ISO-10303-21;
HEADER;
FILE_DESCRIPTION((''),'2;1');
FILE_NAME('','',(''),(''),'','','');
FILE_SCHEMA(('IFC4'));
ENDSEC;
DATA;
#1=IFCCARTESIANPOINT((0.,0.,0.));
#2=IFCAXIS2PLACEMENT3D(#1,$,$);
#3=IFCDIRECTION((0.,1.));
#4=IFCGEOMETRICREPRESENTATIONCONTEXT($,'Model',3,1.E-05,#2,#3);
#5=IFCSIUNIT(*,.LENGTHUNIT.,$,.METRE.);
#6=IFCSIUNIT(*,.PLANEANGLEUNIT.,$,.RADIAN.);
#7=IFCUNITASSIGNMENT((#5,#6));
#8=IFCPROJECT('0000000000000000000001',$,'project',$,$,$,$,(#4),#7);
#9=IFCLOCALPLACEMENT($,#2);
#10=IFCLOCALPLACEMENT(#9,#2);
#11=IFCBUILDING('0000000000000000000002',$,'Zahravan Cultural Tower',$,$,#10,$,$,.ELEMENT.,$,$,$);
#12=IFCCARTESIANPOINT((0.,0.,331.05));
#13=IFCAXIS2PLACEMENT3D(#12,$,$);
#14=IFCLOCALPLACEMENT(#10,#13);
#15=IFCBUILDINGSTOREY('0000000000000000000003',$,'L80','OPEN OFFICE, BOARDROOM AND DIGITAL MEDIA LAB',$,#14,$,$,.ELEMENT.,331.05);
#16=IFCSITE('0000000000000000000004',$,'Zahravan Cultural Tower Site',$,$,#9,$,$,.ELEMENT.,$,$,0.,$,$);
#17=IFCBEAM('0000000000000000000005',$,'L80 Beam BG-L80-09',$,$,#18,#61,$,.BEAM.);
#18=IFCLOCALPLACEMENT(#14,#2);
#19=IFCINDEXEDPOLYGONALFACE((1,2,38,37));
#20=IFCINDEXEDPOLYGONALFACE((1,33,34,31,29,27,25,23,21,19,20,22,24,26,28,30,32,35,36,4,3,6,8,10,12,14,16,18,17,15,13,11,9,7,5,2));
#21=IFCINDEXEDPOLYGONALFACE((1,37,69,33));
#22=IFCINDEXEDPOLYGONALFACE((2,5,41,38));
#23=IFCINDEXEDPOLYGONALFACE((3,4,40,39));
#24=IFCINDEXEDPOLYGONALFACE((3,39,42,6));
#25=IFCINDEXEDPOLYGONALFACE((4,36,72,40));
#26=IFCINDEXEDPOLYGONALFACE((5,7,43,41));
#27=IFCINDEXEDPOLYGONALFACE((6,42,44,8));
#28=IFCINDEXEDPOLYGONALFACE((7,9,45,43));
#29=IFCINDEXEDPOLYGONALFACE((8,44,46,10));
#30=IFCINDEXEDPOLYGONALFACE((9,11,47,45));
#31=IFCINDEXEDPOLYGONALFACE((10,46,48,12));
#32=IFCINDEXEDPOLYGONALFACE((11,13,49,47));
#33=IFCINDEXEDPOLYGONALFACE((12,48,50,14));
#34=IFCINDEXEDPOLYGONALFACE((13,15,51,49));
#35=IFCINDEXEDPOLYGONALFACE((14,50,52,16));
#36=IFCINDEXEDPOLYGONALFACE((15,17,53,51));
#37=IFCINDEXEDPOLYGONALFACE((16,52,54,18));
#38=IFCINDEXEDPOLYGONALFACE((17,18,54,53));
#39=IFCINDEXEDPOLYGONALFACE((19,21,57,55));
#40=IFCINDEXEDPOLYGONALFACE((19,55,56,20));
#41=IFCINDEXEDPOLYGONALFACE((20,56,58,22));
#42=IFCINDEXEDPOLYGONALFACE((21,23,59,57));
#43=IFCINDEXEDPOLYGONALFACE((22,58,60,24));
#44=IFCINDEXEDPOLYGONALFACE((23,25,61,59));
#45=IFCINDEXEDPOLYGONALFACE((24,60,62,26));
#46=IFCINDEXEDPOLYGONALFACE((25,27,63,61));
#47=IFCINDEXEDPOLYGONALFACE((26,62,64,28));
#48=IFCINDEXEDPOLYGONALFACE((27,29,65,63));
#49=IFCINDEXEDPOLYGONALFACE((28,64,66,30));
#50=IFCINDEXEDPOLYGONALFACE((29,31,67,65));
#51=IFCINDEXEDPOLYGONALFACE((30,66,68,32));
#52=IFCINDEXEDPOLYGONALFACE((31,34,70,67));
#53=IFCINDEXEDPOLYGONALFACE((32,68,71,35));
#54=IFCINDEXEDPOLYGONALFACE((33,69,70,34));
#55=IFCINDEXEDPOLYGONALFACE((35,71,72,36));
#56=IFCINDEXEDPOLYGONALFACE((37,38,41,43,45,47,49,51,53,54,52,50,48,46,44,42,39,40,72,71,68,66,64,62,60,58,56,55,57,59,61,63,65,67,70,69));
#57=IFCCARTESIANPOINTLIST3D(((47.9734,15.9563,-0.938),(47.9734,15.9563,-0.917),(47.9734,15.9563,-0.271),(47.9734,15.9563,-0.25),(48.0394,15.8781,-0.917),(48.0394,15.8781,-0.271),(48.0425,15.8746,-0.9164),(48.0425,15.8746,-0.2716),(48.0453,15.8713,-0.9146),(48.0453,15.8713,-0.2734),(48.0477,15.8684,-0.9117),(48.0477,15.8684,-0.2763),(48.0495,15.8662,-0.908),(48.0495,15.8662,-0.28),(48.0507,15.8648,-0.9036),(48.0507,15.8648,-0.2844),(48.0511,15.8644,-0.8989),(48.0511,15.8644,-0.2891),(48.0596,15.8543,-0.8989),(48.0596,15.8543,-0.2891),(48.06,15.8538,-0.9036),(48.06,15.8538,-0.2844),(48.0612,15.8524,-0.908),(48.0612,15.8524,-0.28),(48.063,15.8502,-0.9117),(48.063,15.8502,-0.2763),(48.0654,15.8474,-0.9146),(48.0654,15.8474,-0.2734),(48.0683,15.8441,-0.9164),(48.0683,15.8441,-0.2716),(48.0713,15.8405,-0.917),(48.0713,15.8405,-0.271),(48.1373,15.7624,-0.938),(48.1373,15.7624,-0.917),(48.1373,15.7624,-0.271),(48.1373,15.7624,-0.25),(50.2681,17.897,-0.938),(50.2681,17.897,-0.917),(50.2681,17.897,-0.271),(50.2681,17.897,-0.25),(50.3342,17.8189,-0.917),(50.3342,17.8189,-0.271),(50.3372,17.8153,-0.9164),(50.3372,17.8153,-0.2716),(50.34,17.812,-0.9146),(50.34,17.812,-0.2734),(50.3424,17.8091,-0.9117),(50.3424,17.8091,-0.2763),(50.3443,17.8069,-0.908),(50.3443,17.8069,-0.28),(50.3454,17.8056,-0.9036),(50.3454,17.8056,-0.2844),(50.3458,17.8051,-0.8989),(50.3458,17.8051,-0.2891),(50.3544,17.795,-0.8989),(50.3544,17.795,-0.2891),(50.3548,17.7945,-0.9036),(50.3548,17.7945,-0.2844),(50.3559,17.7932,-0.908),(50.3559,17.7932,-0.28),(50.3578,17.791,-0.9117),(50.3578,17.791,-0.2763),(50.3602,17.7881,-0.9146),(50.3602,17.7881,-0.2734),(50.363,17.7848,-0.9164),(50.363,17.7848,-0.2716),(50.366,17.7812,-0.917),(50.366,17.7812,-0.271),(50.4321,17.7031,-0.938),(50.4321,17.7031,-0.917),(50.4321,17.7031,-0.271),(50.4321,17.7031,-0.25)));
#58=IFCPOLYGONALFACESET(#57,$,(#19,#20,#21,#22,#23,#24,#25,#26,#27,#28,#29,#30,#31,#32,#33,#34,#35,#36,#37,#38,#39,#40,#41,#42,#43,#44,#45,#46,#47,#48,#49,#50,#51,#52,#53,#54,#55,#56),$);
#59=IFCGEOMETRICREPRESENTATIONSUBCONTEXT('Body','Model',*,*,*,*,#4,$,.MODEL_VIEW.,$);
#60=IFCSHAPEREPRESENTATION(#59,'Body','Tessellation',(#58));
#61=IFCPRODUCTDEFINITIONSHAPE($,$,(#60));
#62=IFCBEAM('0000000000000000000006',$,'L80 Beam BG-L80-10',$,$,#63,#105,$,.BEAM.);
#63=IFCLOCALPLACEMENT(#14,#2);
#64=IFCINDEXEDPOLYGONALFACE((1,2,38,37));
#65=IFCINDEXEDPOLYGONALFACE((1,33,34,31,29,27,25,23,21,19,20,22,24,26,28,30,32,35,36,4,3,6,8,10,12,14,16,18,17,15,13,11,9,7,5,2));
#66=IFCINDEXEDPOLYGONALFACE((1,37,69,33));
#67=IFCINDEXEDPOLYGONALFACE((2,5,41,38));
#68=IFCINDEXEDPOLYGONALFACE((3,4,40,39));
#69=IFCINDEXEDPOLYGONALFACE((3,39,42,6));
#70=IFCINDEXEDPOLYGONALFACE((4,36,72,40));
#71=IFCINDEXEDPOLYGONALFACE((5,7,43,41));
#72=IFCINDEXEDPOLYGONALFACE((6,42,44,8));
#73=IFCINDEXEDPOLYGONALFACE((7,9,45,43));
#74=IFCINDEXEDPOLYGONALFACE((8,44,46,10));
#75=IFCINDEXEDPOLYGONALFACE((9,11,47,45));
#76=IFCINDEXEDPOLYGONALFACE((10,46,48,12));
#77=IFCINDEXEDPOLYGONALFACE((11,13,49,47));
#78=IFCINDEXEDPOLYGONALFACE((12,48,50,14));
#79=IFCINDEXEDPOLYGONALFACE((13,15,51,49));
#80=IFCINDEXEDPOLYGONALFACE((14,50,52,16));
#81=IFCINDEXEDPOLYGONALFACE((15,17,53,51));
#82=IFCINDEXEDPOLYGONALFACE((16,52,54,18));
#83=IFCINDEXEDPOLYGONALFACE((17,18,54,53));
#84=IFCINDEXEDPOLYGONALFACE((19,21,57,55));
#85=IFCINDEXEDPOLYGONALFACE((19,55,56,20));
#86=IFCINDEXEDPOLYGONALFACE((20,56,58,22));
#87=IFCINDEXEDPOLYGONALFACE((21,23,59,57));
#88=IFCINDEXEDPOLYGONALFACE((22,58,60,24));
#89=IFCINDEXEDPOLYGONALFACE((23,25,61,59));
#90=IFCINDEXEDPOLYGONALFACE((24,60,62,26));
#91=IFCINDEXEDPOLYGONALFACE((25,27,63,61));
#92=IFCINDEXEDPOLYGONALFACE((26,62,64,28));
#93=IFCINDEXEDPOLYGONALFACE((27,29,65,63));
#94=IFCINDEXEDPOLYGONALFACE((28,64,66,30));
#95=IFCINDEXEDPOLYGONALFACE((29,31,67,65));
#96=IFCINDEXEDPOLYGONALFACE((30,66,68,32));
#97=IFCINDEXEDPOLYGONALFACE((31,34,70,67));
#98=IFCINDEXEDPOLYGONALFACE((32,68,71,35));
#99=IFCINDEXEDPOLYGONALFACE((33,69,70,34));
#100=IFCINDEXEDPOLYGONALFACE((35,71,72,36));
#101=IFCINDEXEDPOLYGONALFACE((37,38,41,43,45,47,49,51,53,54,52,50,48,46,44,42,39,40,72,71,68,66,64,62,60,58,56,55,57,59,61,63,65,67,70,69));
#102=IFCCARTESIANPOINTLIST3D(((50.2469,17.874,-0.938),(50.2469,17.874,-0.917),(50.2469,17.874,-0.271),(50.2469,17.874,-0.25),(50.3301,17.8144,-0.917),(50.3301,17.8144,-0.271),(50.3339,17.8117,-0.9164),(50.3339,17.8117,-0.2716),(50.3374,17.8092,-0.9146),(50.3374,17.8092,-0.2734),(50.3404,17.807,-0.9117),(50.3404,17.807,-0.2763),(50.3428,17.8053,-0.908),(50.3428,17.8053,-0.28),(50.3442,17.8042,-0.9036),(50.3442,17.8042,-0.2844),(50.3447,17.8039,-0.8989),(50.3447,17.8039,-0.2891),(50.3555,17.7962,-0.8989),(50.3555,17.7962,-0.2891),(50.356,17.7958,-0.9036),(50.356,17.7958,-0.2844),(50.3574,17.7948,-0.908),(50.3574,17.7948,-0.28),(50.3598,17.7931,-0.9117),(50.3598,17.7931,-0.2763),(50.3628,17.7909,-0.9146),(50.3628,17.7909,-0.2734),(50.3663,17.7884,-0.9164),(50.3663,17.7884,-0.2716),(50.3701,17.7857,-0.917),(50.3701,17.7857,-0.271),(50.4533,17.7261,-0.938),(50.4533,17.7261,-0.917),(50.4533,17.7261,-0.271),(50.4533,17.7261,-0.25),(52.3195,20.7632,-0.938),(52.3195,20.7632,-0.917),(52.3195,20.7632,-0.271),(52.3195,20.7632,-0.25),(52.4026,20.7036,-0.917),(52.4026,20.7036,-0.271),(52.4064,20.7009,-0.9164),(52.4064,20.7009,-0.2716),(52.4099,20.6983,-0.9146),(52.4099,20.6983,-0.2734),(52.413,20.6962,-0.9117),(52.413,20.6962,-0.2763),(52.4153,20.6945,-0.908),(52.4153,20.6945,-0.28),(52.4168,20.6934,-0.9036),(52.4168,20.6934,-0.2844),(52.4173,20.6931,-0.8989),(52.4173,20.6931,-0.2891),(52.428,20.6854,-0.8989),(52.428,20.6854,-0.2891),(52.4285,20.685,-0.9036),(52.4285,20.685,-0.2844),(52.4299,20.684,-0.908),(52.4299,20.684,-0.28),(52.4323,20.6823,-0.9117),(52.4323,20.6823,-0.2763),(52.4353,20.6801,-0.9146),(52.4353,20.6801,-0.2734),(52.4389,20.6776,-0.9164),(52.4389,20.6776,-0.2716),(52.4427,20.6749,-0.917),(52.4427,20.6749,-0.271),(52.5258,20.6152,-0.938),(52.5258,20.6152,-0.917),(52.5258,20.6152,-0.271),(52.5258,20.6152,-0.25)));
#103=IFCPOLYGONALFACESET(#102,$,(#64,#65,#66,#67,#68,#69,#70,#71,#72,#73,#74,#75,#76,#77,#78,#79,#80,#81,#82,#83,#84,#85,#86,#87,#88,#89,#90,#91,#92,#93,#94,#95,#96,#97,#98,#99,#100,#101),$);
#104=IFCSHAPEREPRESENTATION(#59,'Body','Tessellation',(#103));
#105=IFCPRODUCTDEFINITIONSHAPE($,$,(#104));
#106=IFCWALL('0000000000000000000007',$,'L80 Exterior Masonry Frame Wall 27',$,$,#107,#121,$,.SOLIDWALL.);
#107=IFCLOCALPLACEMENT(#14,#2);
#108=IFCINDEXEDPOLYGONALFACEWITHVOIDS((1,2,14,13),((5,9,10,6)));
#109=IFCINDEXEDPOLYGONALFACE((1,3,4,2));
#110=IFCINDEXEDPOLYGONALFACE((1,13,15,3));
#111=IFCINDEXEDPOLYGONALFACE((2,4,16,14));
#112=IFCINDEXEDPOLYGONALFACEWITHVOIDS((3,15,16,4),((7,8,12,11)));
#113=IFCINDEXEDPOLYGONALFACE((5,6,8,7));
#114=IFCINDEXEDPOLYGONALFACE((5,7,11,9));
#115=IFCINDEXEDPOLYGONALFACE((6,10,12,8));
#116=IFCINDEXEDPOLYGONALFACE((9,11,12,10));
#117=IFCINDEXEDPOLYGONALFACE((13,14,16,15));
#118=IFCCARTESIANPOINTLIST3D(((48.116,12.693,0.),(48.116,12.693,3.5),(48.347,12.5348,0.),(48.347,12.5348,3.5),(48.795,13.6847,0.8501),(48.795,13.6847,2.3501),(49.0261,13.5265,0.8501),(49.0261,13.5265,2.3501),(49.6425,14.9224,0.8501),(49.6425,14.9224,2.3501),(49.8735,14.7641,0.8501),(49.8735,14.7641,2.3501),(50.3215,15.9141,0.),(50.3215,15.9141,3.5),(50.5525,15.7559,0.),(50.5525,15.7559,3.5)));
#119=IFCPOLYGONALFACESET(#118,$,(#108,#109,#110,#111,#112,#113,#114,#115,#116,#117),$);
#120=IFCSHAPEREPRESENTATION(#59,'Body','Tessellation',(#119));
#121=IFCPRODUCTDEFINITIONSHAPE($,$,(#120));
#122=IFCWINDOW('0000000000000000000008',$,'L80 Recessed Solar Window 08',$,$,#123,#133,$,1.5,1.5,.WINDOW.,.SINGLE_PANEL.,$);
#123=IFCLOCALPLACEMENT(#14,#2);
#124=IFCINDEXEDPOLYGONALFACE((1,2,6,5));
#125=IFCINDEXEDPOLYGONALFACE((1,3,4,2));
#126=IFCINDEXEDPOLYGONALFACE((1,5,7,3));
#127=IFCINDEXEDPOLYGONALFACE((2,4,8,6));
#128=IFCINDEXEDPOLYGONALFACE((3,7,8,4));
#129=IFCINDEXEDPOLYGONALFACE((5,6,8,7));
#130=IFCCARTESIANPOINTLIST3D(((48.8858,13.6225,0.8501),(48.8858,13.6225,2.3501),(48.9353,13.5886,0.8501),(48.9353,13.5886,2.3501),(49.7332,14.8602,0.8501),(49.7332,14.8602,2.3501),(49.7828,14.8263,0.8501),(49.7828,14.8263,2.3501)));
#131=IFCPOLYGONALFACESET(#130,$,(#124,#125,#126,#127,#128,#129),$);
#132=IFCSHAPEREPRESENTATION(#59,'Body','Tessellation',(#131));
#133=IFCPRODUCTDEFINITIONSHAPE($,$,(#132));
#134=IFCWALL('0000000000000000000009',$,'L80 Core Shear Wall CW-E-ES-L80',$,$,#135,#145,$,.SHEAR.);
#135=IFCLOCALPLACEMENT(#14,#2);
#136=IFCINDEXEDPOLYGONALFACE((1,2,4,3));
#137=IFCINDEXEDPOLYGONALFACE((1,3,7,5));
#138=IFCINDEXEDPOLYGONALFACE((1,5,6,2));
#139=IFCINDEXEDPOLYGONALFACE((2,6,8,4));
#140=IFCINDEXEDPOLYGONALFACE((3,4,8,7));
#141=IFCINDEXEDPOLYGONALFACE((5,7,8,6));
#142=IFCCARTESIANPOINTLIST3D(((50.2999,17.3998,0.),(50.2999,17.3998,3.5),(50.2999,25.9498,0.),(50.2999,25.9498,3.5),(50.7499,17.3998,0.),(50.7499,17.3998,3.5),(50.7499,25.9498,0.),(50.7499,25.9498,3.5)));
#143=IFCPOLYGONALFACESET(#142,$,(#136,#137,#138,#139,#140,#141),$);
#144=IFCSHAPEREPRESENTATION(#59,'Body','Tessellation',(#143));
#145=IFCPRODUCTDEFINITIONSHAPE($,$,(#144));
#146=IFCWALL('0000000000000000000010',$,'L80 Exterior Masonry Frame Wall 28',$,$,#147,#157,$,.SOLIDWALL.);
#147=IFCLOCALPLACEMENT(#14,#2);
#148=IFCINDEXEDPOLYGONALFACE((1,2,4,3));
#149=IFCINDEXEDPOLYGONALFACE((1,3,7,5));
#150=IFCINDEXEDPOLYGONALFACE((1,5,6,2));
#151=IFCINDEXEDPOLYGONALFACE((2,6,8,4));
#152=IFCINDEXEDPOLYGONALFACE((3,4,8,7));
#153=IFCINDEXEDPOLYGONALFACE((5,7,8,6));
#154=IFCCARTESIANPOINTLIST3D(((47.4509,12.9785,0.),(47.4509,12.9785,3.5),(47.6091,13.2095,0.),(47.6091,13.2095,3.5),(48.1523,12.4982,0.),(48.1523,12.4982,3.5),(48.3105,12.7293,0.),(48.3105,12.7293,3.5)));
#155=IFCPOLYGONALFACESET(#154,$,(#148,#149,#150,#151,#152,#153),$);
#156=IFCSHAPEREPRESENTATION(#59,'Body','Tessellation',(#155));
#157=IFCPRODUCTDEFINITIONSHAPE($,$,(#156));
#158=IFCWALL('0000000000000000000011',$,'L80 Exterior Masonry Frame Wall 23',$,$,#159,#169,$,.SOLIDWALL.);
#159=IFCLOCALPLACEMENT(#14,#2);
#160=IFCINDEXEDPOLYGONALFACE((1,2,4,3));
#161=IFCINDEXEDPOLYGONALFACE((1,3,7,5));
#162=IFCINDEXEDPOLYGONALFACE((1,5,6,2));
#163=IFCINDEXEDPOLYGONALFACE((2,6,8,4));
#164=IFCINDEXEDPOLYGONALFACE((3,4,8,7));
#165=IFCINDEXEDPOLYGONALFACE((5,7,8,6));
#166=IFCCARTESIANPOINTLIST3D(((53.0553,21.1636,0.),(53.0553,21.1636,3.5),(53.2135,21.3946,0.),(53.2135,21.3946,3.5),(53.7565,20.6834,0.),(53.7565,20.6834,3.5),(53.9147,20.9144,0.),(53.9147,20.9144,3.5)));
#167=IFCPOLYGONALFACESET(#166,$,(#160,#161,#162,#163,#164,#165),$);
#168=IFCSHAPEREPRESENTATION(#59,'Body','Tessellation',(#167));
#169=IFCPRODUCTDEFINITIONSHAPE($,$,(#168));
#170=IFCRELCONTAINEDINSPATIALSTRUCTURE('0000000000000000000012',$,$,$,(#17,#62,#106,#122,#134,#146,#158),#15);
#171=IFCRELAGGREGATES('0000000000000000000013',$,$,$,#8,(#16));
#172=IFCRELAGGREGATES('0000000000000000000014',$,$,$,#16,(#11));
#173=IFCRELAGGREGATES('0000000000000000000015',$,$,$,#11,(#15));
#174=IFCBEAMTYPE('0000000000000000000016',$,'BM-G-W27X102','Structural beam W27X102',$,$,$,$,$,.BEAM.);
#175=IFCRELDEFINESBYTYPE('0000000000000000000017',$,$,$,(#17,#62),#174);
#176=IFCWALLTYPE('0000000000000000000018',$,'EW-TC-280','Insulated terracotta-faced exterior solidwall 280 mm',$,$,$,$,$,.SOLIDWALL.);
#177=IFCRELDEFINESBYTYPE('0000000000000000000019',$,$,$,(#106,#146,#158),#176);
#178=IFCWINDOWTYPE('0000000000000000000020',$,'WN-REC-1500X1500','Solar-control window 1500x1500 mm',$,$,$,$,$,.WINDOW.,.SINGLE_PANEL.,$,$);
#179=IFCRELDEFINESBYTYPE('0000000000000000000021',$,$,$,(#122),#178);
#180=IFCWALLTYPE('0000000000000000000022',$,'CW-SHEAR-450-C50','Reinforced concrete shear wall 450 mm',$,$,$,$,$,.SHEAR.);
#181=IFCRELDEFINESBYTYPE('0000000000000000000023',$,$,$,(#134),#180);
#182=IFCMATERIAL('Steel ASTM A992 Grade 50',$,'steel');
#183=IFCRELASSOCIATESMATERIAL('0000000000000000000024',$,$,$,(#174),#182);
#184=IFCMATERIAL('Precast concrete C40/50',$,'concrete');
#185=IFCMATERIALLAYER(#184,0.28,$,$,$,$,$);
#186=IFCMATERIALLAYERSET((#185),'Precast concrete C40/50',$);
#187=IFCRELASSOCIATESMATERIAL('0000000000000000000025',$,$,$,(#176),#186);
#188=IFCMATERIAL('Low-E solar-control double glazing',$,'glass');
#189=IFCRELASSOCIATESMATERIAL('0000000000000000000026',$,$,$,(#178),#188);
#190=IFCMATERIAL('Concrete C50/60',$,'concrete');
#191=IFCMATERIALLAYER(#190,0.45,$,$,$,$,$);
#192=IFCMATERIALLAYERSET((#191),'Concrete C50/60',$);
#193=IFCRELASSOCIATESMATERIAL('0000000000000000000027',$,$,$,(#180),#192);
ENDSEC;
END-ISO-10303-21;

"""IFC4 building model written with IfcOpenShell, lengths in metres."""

from ifc_helpers import new_model, si_unit, direction, frame, frame_2d, origin, origin_2d, place, context, subcontext, project, spatial, rectangle, i_section, extrude, source, transform, mapped, material, layer, layer_set, material_profile, profile_set, type_object, element, fill, save


model = new_model("IFC4")

# Units and contexts
model_context = context("Model", 3, precision=1e-05, world=origin(), true_north=direction((0.0, 1.0)))
body_context = subcontext(model_context, "Body", "Model", "MODEL_VIEW")
ifc_project = project(units=[si_unit("LENGTHUNIT", "METRE"), si_unit("PLANEANGLEUNIT", "RADIAN")], contexts=[model_context])

# Site, building, storey
site_placement = place(None, origin())
site = spatial("IfcSite", under=ifc_project, at=site_placement, Name="Zahravan Cultural Tower Site", CompositionType="ELEMENT", RefElevation=0.0)
building_placement = place(site_placement, origin())
building = spatial("IfcBuilding", under=site, at=building_placement, Name="Zahravan Cultural Tower", CompositionType="ELEMENT")
storey_placement = place(building_placement, frame((0.0, 0.0, 331.05)))
storey = spatial("IfcBuildingStorey", under=building, at=storey_placement, Name="L80", Description="OPEN OFFICE, BOARDROOM AND DIGITAL MEDIA LAB", CompositionType="ELEMENT", Elevation=331.05)

# Shared definitions
ifc_material_1 = material(Name="Concrete C50/60", Category="concrete")
ifc_material_2 = material(Name="Steel ASTM A992 Grade 50", Category="steel")

# Beams
ifc_material_profile_1 = material_profile(ifc_material_2, i_section(OverallWidth=0.2539, OverallDepth=0.688, WebThickness=0.0132, FlangeThickness=0.021, FilletRadius=0.0181, at=origin_2d()), Name="W27X102")
ifc_profile_set_1 = profile_set([ifc_material_profile_1], Name="Steel ASTM A992 Grade 50")
beam_type_1 = type_object("IfcBeamType", Name="BM-G-W27X102", Description="Structural beam W27X102", PredefinedType="BEAM", material=ifc_profile_set_1)
shared_shape_1 = source(origin(), body_context, "Body", "SweptSolid", [
    extrude(i_section(OverallWidth=0.2539, OverallDepth=0.688, WebThickness=0.0132, FlangeThickness=0.021, FilletRadius=0.0181, at=origin_2d()), origin(), (0.0, 0.0, 1.0), 3.0054),
])
beam_1_placement = place(storey_placement, frame((50.3501, 17.8, -0.594), z_axis=(-0.763546, -0.645753, 0.0), x_axis=(0.645753, -0.763546, 0.0)))
element("IfcBeam", 1, at=beam_1_placement, inside=storey, type_object=beam_type_1, Name="L80 Beam BG-L80-09", PredefinedType="BEAM", context=body_context, shape_type="MappedRepresentation", body=[
    mapped(shared_shape_1, transform((0.0, 0.0, 0.0), x_axis=(1.0, 0.0, 0.0), y_axis=(0.0, 1.0, 0.0), z_axis=(0.0, 0.0, 1.0), scale=1.0)),
])
shared_shape_2 = source(origin(), body_context, "Body", "SweptSolid", [
    extrude(i_section(OverallWidth=0.2539, OverallDepth=0.688, WebThickness=0.0132, FlangeThickness=0.021, FilletRadius=0.0181, at=origin_2d()), origin(), (0.0, 0.0, 1.0), 3.5557),
])
beam_2_placement = place(storey_placement, frame((50.3501, 17.8, -0.594), z_axis=(0.58288, 0.812558, 0.0), x_axis=(-0.812558, 0.58288, 0.0)))
element("IfcBeam", 2, at=beam_2_placement, inside=storey, type_object=beam_type_1, Name="L80 Beam BG-L80-10", PredefinedType="BEAM", context=body_context, shape_type="MappedRepresentation", body=[
    mapped(shared_shape_2, transform((0.0, 0.0, 0.0), x_axis=(1.0, 0.0, 0.0), y_axis=(0.0, 1.0, 0.0), z_axis=(0.0, 0.0, 1.0), scale=1.0)),
])

# Wall, opening, window
ifc_material_3 = material(Name="Precast concrete C40/50", Category="concrete")
ifc_layer_1 = layer(ifc_material_3, 0.28)
ifc_layer_set_1 = layer_set([ifc_layer_1], Name="Precast concrete C40/50")
wall_type_1 = type_object("IfcWallType", Name="EW-TC-280", Description="Insulated terracotta-faced exterior solidwall 280 mm", PredefinedType="SOLIDWALL", material=ifc_layer_set_1)
wall_1_placement = place(storey_placement, frame((50.437, 15.835, 0.0), z_axis=(0.0, 0.0, 1.0), x_axis=(-0.564962, -0.825117, 0.0)))
wall_1 = element("IfcWall", 3, at=wall_1_placement, inside=storey, type_object=wall_type_1, Name="L80 Exterior Masonry Frame Wall 27", PredefinedType="SOLIDWALL", context=body_context, shape_type="SweptSolid", body=[
    extrude(rectangle(XDim=3.9038, YDim=0.28, at=frame_2d((1.9519, 0.0))), origin(), (0.0, 0.0, 1.0), 3.5),
])
opening_placement = place(wall_1_placement, frame((1.2019, 0.0, 0.8501)))
opening = element("IfcOpeningElement", 4, at=opening_placement, cuts=wall_1, PredefinedType="OPENING", context=body_context, shape_type="SweptSolid", body=[
    extrude(rectangle(XDim=1.5, YDim=1.5, at=frame_2d((0.75, 0.75))), frame((0.0, 0.1499, 0.0), z_axis=(0.0, -1.0, 0.0), x_axis=(1.0, 0.0, 0.0)), (0.0, 0.0, 1.0), 0.3),
])
ifc_material_4 = material(Name="Low-E solar-control double glazing", Category="glass")
window_type = type_object("IfcWindowType", Name="WN-REC-1500X1500", Description="Solar-control window 1500x1500 mm", PartitioningType="SINGLE_PANEL", PredefinedType="WINDOW", material=ifc_material_4)
shared_shape_3 = source(origin(), body_context, "Body", "SweptSolid", [
    extrude(rectangle(XDim=1.5, YDim=1.5, at=frame_2d((0.75, 0.75))), frame((0.0, 0.03, 0.0), z_axis=(0.0, -1.0, 0.0), x_axis=(1.0, 0.0, 0.0)), (0.0, 0.0, 1.0), 0.0601),
])
window_placement = place(opening_placement, origin())
window = element("IfcWindow", 5, at=window_placement, inside=storey, type_object=window_type, Name="L80 Recessed Solar Window 08", OverallHeight=1.5, OverallWidth=1.5, PartitioningType="SINGLE_PANEL", PredefinedType="WINDOW", context=body_context, shape_type="MappedRepresentation", body=[
    mapped(shared_shape_3, transform((0.0, 0.0, 0.0), x_axis=(1.0, 0.0, 0.0), y_axis=(0.0, 1.0, 0.0), z_axis=(0.0, 0.0, 1.0), scale=1.0)),
])
fill(opening, window)

# Walls
ifc_layer_2 = layer(ifc_material_1, 0.45)
ifc_layer_set_2 = layer_set([ifc_layer_2], Name="Concrete C50/60")
wall_type_2 = type_object("IfcWallType", Name="CW-SHEAR-450-C50", Description="Reinforced concrete shear wall 450 mm", PredefinedType="SHEAR", material=ifc_layer_set_2)
shared_shape_4 = source(origin(), body_context, "Body", "SweptSolid", [
    extrude(rectangle(XDim=8.55, YDim=0.45, at=frame_2d((4.2749, 0.0))), origin(), (0.0, 0.0, 1.0), 3.5),
])
wall_2_placement = place(storey_placement, frame((50.5249, 17.3999, 0.0), z_axis=(0.0, 0.0, 1.0), x_axis=(0.0, 1.0, 0.0)))
element("IfcWall", 6, at=wall_2_placement, inside=storey, type_object=wall_type_2, Name="L80 Core Shear Wall CW-E-ES-L80", PredefinedType="SHEAR", context=body_context, shape_type="MappedRepresentation", body=[
    mapped(shared_shape_4, transform((0.0, 0.0, 0.0), x_axis=(1.0, 0.0, 0.0), y_axis=(0.0, 1.0, 0.0), z_axis=(0.0, 0.0, 1.0), scale=1.0)),
])
shared_shape_5 = source(origin(), body_context, "Body", "SweptSolid", [
    extrude(rectangle(XDim=0.8501, YDim=0.28, at=frame_2d((0.425, 0.0))), origin(), (0.0, 0.0, 1.0), 3.5),
])
wall_3_placement = place(storey_placement, frame((48.2314, 12.6138, 0.0), z_axis=(0.0, 0.0, 1.0), x_axis=(-0.825138, 0.564931, 0.0)))
element("IfcWall", 7, at=wall_3_placement, inside=storey, type_object=wall_type_1, Name="L80 Exterior Masonry Frame Wall 28", PredefinedType="SOLIDWALL", context=body_context, shape_type="MappedRepresentation", body=[
    mapped(shared_shape_5, transform((0.0, 0.0, 0.0), x_axis=(1.0, 0.0, 0.0), y_axis=(0.0, 1.0, 0.0), z_axis=(0.0, 0.0, 1.0), scale=1.0)),
])
shared_shape_6 = source(origin(), body_context, "Body", "SweptSolid", [
    extrude(rectangle(XDim=0.8499, YDim=0.28, at=frame_2d((0.4248, 0.0))), origin(), (0.0, 0.0, 1.0), 3.5),
])
wall_4_placement = place(storey_placement, frame((53.1345, 21.2791, 0.0), z_axis=(0.0, 0.0, 1.0), x_axis=(0.825046, -0.565065, 0.0)))
element("IfcWall", 8, at=wall_4_placement, inside=storey, type_object=wall_type_1, Name="L80 Exterior Masonry Frame Wall 23", PredefinedType="SOLIDWALL", context=body_context, shape_type="MappedRepresentation", body=[
    mapped(shared_shape_6, transform((0.0, 0.0, 0.0), x_axis=(1.0, 0.0, 0.0), y_axis=(0.0, 1.0, 0.0), z_axis=(0.0, 0.0, 1.0), scale=1.0)),
])

save(model, "model.ifc")
